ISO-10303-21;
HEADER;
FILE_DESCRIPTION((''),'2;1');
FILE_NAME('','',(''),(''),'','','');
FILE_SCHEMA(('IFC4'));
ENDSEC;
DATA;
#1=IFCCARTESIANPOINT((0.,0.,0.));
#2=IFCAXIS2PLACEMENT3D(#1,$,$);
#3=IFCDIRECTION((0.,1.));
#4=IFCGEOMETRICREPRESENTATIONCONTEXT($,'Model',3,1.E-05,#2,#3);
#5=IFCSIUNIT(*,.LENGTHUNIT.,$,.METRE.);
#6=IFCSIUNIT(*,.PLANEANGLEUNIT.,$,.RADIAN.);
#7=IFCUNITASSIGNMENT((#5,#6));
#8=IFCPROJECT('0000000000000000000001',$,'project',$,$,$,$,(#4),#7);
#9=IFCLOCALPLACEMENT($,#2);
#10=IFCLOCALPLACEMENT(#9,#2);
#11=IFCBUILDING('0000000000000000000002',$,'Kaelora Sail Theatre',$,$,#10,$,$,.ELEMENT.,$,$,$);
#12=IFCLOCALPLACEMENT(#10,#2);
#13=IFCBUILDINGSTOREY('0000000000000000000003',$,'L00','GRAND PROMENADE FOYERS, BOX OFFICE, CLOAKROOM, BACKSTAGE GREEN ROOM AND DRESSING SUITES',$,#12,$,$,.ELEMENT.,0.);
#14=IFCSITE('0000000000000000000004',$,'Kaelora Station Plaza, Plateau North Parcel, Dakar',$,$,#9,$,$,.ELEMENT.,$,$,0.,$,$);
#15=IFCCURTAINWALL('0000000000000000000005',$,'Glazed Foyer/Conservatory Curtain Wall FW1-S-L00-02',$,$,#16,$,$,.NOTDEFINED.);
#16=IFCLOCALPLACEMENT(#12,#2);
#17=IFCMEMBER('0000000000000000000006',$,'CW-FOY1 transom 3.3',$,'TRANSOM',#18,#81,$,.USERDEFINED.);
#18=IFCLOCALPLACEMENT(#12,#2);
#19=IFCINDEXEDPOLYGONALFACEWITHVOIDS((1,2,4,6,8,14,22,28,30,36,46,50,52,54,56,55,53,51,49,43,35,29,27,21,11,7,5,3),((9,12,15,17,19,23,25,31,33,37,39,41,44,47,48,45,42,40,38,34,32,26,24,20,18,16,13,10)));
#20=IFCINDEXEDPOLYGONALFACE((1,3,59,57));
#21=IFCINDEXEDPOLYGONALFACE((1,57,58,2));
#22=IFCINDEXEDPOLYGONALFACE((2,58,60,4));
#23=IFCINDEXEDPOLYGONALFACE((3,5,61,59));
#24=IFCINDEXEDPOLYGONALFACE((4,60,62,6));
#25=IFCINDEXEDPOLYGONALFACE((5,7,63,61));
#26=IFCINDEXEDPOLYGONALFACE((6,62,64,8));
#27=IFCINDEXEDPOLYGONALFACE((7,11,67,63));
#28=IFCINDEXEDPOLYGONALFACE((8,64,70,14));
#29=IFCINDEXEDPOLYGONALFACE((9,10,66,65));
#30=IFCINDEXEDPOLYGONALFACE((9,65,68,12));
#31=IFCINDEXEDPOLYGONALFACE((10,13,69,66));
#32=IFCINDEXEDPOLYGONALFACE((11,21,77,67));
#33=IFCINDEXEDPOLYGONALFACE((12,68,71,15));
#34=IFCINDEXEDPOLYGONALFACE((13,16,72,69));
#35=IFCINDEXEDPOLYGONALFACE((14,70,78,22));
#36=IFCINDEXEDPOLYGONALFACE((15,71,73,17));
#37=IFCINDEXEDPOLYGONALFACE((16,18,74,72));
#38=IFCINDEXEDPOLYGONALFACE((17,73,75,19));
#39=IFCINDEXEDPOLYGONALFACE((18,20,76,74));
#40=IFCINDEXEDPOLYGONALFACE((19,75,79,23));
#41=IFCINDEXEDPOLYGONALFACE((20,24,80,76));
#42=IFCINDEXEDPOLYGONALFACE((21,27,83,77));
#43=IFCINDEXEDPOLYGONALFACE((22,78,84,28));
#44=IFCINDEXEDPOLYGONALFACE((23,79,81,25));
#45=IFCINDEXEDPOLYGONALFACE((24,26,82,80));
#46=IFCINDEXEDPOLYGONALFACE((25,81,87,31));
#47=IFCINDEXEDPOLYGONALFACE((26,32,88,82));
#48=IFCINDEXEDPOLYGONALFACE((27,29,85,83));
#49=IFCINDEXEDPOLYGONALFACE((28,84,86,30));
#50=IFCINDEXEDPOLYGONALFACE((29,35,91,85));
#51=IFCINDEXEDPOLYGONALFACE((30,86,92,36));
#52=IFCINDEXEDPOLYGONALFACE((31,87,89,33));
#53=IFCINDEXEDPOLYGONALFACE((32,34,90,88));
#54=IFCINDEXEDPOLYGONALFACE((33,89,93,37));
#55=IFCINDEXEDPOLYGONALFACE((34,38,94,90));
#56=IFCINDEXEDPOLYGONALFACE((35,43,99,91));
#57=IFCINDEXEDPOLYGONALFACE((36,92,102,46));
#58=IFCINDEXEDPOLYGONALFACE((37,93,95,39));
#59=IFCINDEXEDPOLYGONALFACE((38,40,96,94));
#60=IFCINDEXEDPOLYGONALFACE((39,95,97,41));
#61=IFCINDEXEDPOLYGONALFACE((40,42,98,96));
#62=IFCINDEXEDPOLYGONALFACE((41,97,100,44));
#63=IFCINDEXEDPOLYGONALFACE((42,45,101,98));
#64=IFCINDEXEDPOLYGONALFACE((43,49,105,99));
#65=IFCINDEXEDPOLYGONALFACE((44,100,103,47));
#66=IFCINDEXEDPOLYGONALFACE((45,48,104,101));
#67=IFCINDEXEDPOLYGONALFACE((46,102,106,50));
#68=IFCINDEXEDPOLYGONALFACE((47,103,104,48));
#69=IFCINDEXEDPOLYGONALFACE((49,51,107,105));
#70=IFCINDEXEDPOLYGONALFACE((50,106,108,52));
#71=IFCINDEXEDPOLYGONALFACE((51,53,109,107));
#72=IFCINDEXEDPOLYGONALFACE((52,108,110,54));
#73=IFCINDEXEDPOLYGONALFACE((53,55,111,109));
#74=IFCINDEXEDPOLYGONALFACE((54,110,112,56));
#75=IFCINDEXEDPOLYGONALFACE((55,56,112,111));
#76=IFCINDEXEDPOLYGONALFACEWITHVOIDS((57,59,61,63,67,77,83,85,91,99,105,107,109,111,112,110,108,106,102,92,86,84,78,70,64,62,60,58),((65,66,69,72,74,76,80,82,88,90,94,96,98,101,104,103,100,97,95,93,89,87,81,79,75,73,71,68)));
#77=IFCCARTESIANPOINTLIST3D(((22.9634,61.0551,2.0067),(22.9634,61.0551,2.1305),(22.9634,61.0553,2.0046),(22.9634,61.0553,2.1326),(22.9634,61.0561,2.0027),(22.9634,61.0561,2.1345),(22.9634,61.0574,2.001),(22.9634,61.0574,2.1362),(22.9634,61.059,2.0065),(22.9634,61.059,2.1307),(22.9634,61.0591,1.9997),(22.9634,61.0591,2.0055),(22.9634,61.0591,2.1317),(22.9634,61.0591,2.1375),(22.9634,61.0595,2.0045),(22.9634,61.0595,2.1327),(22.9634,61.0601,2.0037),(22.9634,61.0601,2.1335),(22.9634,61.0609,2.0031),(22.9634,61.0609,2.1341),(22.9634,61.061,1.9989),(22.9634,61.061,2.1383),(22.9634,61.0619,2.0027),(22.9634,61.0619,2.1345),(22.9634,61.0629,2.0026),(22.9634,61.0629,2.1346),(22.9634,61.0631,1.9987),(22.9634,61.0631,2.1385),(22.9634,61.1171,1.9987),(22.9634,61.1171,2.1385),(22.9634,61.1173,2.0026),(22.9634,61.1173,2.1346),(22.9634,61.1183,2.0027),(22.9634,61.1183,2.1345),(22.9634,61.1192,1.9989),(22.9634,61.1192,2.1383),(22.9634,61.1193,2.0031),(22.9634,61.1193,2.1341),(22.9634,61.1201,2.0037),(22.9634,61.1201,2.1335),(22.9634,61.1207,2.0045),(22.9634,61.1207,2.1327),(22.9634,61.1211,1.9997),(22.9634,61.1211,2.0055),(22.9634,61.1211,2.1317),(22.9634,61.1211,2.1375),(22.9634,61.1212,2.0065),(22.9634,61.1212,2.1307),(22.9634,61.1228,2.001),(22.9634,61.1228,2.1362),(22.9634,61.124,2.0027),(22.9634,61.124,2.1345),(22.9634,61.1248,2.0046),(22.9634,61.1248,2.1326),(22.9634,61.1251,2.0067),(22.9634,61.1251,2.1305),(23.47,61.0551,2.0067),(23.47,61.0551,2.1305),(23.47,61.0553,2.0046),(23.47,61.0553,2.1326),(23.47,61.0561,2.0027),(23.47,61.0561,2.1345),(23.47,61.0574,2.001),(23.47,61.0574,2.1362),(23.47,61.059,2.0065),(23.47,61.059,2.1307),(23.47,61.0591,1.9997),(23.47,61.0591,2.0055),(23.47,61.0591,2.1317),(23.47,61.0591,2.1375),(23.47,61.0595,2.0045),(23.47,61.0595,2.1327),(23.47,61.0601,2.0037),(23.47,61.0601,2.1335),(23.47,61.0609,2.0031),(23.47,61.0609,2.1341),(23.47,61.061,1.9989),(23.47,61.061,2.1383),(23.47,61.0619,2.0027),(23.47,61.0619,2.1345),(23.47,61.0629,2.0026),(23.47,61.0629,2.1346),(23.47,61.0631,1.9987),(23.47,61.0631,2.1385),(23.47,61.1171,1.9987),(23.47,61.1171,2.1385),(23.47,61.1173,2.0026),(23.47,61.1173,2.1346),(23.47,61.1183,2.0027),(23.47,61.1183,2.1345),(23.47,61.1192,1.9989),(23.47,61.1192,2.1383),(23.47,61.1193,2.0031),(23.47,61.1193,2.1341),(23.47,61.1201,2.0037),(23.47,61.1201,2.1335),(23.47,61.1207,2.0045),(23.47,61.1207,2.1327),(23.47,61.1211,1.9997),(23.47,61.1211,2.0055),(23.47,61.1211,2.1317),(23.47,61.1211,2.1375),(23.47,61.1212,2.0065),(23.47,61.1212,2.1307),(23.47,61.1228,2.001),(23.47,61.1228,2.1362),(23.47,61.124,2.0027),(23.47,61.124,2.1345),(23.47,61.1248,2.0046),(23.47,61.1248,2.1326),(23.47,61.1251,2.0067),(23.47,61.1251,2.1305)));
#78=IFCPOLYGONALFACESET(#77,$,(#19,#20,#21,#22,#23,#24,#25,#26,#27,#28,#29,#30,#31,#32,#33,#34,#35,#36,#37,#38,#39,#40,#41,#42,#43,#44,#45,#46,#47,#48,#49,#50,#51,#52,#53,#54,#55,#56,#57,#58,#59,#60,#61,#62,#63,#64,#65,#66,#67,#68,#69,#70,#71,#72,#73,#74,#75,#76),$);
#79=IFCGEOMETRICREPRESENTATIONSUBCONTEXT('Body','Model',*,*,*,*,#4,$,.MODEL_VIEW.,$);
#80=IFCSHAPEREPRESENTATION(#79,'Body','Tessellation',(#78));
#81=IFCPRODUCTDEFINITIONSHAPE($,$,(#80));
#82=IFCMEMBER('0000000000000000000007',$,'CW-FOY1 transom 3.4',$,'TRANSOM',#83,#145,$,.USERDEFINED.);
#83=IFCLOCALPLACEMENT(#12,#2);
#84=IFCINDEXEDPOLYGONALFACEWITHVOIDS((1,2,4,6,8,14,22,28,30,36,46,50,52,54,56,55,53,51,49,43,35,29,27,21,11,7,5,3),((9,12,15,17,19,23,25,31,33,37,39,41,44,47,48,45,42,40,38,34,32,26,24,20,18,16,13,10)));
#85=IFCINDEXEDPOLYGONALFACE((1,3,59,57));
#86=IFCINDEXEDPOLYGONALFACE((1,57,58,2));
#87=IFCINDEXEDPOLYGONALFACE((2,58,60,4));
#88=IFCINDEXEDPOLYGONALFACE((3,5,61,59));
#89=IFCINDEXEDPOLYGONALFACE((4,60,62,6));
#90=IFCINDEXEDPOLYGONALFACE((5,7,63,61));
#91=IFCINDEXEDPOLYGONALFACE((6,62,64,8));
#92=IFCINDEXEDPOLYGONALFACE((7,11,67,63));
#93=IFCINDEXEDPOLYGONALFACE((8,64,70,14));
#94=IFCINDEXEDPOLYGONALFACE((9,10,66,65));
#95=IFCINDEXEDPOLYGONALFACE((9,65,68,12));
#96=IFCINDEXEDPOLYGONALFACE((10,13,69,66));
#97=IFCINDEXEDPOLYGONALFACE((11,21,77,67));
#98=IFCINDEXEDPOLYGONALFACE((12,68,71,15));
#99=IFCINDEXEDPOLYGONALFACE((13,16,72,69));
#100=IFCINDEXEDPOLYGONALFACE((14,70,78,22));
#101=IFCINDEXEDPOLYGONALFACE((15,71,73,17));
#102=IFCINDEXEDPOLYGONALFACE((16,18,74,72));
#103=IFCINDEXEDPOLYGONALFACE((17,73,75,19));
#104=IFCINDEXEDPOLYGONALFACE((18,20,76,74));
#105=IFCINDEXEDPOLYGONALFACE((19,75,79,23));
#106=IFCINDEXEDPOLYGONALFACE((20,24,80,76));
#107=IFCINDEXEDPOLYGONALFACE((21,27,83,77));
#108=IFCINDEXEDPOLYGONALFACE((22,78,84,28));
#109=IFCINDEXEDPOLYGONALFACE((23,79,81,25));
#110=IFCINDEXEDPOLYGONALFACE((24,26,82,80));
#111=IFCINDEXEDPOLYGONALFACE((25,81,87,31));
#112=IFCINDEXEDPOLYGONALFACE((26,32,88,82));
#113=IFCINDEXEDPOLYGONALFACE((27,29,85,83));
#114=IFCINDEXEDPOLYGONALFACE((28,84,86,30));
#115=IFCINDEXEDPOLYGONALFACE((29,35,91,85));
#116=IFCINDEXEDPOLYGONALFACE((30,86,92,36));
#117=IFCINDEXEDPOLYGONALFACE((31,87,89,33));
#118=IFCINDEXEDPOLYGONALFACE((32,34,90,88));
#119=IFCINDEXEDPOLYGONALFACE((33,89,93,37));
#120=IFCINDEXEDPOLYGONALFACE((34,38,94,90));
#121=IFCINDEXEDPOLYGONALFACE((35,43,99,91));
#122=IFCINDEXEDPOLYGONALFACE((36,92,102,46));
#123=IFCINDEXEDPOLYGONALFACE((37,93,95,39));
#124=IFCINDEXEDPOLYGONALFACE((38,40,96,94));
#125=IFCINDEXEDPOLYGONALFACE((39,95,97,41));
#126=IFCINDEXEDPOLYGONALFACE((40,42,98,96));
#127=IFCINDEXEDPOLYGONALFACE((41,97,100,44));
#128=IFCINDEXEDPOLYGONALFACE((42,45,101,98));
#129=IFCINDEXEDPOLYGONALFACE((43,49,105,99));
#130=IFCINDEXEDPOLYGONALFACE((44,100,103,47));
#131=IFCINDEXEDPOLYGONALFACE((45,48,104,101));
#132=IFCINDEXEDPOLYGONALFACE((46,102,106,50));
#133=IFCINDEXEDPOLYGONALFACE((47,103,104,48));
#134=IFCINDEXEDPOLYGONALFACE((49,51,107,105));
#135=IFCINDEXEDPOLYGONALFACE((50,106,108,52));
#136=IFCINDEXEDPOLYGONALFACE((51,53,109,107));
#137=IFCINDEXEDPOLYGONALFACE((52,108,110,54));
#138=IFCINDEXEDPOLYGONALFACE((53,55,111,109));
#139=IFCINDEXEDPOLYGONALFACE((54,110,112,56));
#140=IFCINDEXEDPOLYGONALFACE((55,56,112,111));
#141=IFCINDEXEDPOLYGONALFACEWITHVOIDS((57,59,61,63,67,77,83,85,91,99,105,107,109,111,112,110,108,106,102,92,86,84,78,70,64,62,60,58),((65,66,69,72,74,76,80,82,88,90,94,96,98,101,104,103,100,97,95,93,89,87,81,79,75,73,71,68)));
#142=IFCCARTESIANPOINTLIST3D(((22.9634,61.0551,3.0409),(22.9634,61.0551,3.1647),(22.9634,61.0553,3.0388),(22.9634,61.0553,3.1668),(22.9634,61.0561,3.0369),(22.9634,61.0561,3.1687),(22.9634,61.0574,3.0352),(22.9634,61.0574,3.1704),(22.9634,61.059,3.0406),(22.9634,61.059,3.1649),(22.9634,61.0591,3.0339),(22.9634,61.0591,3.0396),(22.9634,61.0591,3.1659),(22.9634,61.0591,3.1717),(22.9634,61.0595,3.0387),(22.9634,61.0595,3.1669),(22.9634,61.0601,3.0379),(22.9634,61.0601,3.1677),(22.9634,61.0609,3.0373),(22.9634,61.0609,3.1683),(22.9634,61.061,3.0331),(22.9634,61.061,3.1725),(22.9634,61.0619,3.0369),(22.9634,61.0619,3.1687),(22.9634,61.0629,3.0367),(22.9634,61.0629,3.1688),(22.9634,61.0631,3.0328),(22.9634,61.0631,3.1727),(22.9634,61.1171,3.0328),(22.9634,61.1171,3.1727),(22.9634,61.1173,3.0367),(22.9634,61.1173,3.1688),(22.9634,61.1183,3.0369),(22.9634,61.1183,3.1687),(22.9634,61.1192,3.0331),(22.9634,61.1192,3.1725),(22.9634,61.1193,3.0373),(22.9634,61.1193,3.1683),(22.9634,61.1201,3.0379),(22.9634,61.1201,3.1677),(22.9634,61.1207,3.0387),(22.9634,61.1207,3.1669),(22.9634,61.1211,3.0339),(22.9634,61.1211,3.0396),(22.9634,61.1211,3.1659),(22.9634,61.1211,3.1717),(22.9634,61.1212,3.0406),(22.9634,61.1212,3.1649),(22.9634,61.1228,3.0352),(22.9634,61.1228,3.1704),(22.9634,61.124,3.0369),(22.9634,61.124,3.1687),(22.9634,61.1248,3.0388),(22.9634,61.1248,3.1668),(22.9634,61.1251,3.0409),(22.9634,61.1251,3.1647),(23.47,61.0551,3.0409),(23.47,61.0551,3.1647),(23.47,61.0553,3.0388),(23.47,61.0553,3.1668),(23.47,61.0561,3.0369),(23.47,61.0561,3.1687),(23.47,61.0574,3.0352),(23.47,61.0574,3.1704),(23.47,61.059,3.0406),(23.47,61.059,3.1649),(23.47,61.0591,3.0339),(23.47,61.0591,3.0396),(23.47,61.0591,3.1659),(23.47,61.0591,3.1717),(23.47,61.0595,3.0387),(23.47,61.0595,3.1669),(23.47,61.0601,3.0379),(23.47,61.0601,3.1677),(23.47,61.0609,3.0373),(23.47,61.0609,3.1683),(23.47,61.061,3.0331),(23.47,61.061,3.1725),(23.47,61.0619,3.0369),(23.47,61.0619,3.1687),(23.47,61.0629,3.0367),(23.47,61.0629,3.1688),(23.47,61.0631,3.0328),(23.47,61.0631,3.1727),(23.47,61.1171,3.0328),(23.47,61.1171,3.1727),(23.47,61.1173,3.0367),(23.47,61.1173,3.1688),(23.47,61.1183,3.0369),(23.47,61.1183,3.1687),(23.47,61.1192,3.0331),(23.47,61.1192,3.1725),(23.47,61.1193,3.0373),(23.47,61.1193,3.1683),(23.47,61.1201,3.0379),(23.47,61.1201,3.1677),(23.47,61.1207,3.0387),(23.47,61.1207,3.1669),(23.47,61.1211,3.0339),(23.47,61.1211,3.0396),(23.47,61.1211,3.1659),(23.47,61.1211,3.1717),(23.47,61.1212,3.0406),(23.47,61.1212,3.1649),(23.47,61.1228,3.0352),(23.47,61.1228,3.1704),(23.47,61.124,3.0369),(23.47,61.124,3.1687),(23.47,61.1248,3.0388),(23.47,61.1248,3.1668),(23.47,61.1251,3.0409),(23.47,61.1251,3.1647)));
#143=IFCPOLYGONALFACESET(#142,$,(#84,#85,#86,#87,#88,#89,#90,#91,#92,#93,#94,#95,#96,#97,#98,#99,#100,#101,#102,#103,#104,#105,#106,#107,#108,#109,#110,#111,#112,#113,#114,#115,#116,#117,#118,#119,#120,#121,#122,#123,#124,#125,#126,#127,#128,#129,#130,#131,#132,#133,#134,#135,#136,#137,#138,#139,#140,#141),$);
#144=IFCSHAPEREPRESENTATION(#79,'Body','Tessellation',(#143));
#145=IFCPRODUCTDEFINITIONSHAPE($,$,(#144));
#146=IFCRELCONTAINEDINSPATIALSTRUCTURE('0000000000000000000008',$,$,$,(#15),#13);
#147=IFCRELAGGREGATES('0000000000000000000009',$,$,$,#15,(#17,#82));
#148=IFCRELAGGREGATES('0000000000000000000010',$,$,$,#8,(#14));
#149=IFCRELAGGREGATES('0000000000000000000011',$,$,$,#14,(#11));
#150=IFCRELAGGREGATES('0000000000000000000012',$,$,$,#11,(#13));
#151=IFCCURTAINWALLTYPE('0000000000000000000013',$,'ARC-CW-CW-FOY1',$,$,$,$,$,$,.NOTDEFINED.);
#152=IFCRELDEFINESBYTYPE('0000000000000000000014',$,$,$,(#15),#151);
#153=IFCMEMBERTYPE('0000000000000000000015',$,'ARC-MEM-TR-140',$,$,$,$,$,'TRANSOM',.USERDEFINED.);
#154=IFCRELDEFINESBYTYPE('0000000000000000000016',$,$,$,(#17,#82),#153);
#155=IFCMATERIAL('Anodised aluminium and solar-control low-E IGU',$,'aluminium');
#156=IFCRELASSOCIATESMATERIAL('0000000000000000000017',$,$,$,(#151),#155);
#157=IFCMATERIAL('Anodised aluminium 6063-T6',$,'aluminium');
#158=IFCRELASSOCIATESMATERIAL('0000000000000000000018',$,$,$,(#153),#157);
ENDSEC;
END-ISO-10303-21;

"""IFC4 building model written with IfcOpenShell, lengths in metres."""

from ifc_helpers import new_model, si_unit, direction, frame, origin, origin_2d, place, context, subcontext, project, spatial, hollow_rectangle, extrude, material, material_profile, profile_set, type_object, element, aggregate, save


model = new_model("IFC4")

# Units and contexts
model_context = context("Model", 3, precision=1e-05, world=origin(), true_north=direction((0.0, 1.0)))
body_context = subcontext(model_context, "Body", "Model", "MODEL_VIEW")
ifc_project = project(units=[si_unit("LENGTHUNIT", "METRE"), si_unit("PLANEANGLEUNIT", "RADIAN")], contexts=[model_context])

# Site, building, storey
site_placement = place(None, origin())
site = spatial("IfcSite", under=ifc_project, at=site_placement, Name="Kaelora Station Plaza, Plateau North Parcel, Dakar", CompositionType="ELEMENT", RefElevation=0.0)
building_placement = place(site_placement, origin())
building = spatial("IfcBuilding", under=site, at=building_placement, Name="Kaelora Sail Theatre", CompositionType="ELEMENT")
storey_placement = place(building_placement, origin())
storey = spatial("IfcBuildingStorey", under=building, at=storey_placement, Name="L00", Description="GRAND PROMENADE FOYERS, BOX OFFICE, CLOAKROOM, BACKSTAGE GREEN ROOM AND DRESSING SUITES", CompositionType="ELEMENT", Elevation=0.0)

# Curtain wall, members
ifc_material_1 = material(Name="Anodised aluminium and solar-control low-E IGU", Category="aluminium")
curtain_wall_type = type_object("IfcCurtainWallType", Name="ARC-CW-CW-FOY1", PredefinedType="NOTDEFINED", material=ifc_material_1)
curtain_wall_placement = place(storey_placement, origin())
curtain_wall = element("IfcCurtainWall", 1, at=curtain_wall_placement, inside=storey, type_object=curtain_wall_type, Name="Glazed Foyer/Conservatory Curtain Wall FW1-S-L00-02", PredefinedType="NOTDEFINED")
ifc_material_2 = material(Name="Anodised aluminium 6063-T6", Category="aluminium")
ifc_material_profile = material_profile(ifc_material_2, hollow_rectangle(XDim=0.0701, YDim=0.1399, WallThickness=0.0039, InnerFilletRadius=0.0039, OuterFilletRadius=0.0081, at=origin_2d()), Name="ALU-TRAN 70x140x4")
ifc_profile_set = profile_set([ifc_material_profile], Name="Anodised aluminium 6063-T6")
member_type = type_object("IfcMemberType", Name="ARC-MEM-TR-140", ElementType="TRANSOM", PredefinedType="USERDEFINED", material=ifc_profile_set)
member_1_placement = place(storey_placement, frame((22.9634, 61.0901, 2.0686), z_axis=(1.0, 0.0, 0.0), x_axis=(0.0, 1.0, 0.0)))
member_1 = element("IfcMember", 2, at=member_1_placement, type_object=member_type, Name="CW-FOY1 transom 3.3", ObjectType="TRANSOM", PredefinedType="USERDEFINED", context=body_context, shape_type="SweptSolid", body=[
    extrude(hollow_rectangle(XDim=0.0701, YDim=0.1399, WallThickness=0.0039, InnerFilletRadius=0.0039, OuterFilletRadius=0.0081, at=origin_2d()), origin(), (0.0, 0.0, 1.0), 0.5066),
])
member_2_placement = place(storey_placement, frame((22.9634, 61.0901, 3.1028), z_axis=(1.0, 0.0, 0.0), x_axis=(0.0, 1.0, 0.0)))
member_2 = element("IfcMember", 3, at=member_2_placement, type_object=member_type, Name="CW-FOY1 transom 3.4", ObjectType="TRANSOM", PredefinedType="USERDEFINED", context=body_context, shape_type="SweptSolid", body=[
    extrude(hollow_rectangle(XDim=0.0701, YDim=0.1399, WallThickness=0.0039, InnerFilletRadius=0.0039, OuterFilletRadius=0.0081, at=origin_2d()), origin(), (0.0, 0.0, 1.0), 0.5066),
])
aggregate(curtain_wall, [member_1, member_2])

save(model, "model.ifc")
